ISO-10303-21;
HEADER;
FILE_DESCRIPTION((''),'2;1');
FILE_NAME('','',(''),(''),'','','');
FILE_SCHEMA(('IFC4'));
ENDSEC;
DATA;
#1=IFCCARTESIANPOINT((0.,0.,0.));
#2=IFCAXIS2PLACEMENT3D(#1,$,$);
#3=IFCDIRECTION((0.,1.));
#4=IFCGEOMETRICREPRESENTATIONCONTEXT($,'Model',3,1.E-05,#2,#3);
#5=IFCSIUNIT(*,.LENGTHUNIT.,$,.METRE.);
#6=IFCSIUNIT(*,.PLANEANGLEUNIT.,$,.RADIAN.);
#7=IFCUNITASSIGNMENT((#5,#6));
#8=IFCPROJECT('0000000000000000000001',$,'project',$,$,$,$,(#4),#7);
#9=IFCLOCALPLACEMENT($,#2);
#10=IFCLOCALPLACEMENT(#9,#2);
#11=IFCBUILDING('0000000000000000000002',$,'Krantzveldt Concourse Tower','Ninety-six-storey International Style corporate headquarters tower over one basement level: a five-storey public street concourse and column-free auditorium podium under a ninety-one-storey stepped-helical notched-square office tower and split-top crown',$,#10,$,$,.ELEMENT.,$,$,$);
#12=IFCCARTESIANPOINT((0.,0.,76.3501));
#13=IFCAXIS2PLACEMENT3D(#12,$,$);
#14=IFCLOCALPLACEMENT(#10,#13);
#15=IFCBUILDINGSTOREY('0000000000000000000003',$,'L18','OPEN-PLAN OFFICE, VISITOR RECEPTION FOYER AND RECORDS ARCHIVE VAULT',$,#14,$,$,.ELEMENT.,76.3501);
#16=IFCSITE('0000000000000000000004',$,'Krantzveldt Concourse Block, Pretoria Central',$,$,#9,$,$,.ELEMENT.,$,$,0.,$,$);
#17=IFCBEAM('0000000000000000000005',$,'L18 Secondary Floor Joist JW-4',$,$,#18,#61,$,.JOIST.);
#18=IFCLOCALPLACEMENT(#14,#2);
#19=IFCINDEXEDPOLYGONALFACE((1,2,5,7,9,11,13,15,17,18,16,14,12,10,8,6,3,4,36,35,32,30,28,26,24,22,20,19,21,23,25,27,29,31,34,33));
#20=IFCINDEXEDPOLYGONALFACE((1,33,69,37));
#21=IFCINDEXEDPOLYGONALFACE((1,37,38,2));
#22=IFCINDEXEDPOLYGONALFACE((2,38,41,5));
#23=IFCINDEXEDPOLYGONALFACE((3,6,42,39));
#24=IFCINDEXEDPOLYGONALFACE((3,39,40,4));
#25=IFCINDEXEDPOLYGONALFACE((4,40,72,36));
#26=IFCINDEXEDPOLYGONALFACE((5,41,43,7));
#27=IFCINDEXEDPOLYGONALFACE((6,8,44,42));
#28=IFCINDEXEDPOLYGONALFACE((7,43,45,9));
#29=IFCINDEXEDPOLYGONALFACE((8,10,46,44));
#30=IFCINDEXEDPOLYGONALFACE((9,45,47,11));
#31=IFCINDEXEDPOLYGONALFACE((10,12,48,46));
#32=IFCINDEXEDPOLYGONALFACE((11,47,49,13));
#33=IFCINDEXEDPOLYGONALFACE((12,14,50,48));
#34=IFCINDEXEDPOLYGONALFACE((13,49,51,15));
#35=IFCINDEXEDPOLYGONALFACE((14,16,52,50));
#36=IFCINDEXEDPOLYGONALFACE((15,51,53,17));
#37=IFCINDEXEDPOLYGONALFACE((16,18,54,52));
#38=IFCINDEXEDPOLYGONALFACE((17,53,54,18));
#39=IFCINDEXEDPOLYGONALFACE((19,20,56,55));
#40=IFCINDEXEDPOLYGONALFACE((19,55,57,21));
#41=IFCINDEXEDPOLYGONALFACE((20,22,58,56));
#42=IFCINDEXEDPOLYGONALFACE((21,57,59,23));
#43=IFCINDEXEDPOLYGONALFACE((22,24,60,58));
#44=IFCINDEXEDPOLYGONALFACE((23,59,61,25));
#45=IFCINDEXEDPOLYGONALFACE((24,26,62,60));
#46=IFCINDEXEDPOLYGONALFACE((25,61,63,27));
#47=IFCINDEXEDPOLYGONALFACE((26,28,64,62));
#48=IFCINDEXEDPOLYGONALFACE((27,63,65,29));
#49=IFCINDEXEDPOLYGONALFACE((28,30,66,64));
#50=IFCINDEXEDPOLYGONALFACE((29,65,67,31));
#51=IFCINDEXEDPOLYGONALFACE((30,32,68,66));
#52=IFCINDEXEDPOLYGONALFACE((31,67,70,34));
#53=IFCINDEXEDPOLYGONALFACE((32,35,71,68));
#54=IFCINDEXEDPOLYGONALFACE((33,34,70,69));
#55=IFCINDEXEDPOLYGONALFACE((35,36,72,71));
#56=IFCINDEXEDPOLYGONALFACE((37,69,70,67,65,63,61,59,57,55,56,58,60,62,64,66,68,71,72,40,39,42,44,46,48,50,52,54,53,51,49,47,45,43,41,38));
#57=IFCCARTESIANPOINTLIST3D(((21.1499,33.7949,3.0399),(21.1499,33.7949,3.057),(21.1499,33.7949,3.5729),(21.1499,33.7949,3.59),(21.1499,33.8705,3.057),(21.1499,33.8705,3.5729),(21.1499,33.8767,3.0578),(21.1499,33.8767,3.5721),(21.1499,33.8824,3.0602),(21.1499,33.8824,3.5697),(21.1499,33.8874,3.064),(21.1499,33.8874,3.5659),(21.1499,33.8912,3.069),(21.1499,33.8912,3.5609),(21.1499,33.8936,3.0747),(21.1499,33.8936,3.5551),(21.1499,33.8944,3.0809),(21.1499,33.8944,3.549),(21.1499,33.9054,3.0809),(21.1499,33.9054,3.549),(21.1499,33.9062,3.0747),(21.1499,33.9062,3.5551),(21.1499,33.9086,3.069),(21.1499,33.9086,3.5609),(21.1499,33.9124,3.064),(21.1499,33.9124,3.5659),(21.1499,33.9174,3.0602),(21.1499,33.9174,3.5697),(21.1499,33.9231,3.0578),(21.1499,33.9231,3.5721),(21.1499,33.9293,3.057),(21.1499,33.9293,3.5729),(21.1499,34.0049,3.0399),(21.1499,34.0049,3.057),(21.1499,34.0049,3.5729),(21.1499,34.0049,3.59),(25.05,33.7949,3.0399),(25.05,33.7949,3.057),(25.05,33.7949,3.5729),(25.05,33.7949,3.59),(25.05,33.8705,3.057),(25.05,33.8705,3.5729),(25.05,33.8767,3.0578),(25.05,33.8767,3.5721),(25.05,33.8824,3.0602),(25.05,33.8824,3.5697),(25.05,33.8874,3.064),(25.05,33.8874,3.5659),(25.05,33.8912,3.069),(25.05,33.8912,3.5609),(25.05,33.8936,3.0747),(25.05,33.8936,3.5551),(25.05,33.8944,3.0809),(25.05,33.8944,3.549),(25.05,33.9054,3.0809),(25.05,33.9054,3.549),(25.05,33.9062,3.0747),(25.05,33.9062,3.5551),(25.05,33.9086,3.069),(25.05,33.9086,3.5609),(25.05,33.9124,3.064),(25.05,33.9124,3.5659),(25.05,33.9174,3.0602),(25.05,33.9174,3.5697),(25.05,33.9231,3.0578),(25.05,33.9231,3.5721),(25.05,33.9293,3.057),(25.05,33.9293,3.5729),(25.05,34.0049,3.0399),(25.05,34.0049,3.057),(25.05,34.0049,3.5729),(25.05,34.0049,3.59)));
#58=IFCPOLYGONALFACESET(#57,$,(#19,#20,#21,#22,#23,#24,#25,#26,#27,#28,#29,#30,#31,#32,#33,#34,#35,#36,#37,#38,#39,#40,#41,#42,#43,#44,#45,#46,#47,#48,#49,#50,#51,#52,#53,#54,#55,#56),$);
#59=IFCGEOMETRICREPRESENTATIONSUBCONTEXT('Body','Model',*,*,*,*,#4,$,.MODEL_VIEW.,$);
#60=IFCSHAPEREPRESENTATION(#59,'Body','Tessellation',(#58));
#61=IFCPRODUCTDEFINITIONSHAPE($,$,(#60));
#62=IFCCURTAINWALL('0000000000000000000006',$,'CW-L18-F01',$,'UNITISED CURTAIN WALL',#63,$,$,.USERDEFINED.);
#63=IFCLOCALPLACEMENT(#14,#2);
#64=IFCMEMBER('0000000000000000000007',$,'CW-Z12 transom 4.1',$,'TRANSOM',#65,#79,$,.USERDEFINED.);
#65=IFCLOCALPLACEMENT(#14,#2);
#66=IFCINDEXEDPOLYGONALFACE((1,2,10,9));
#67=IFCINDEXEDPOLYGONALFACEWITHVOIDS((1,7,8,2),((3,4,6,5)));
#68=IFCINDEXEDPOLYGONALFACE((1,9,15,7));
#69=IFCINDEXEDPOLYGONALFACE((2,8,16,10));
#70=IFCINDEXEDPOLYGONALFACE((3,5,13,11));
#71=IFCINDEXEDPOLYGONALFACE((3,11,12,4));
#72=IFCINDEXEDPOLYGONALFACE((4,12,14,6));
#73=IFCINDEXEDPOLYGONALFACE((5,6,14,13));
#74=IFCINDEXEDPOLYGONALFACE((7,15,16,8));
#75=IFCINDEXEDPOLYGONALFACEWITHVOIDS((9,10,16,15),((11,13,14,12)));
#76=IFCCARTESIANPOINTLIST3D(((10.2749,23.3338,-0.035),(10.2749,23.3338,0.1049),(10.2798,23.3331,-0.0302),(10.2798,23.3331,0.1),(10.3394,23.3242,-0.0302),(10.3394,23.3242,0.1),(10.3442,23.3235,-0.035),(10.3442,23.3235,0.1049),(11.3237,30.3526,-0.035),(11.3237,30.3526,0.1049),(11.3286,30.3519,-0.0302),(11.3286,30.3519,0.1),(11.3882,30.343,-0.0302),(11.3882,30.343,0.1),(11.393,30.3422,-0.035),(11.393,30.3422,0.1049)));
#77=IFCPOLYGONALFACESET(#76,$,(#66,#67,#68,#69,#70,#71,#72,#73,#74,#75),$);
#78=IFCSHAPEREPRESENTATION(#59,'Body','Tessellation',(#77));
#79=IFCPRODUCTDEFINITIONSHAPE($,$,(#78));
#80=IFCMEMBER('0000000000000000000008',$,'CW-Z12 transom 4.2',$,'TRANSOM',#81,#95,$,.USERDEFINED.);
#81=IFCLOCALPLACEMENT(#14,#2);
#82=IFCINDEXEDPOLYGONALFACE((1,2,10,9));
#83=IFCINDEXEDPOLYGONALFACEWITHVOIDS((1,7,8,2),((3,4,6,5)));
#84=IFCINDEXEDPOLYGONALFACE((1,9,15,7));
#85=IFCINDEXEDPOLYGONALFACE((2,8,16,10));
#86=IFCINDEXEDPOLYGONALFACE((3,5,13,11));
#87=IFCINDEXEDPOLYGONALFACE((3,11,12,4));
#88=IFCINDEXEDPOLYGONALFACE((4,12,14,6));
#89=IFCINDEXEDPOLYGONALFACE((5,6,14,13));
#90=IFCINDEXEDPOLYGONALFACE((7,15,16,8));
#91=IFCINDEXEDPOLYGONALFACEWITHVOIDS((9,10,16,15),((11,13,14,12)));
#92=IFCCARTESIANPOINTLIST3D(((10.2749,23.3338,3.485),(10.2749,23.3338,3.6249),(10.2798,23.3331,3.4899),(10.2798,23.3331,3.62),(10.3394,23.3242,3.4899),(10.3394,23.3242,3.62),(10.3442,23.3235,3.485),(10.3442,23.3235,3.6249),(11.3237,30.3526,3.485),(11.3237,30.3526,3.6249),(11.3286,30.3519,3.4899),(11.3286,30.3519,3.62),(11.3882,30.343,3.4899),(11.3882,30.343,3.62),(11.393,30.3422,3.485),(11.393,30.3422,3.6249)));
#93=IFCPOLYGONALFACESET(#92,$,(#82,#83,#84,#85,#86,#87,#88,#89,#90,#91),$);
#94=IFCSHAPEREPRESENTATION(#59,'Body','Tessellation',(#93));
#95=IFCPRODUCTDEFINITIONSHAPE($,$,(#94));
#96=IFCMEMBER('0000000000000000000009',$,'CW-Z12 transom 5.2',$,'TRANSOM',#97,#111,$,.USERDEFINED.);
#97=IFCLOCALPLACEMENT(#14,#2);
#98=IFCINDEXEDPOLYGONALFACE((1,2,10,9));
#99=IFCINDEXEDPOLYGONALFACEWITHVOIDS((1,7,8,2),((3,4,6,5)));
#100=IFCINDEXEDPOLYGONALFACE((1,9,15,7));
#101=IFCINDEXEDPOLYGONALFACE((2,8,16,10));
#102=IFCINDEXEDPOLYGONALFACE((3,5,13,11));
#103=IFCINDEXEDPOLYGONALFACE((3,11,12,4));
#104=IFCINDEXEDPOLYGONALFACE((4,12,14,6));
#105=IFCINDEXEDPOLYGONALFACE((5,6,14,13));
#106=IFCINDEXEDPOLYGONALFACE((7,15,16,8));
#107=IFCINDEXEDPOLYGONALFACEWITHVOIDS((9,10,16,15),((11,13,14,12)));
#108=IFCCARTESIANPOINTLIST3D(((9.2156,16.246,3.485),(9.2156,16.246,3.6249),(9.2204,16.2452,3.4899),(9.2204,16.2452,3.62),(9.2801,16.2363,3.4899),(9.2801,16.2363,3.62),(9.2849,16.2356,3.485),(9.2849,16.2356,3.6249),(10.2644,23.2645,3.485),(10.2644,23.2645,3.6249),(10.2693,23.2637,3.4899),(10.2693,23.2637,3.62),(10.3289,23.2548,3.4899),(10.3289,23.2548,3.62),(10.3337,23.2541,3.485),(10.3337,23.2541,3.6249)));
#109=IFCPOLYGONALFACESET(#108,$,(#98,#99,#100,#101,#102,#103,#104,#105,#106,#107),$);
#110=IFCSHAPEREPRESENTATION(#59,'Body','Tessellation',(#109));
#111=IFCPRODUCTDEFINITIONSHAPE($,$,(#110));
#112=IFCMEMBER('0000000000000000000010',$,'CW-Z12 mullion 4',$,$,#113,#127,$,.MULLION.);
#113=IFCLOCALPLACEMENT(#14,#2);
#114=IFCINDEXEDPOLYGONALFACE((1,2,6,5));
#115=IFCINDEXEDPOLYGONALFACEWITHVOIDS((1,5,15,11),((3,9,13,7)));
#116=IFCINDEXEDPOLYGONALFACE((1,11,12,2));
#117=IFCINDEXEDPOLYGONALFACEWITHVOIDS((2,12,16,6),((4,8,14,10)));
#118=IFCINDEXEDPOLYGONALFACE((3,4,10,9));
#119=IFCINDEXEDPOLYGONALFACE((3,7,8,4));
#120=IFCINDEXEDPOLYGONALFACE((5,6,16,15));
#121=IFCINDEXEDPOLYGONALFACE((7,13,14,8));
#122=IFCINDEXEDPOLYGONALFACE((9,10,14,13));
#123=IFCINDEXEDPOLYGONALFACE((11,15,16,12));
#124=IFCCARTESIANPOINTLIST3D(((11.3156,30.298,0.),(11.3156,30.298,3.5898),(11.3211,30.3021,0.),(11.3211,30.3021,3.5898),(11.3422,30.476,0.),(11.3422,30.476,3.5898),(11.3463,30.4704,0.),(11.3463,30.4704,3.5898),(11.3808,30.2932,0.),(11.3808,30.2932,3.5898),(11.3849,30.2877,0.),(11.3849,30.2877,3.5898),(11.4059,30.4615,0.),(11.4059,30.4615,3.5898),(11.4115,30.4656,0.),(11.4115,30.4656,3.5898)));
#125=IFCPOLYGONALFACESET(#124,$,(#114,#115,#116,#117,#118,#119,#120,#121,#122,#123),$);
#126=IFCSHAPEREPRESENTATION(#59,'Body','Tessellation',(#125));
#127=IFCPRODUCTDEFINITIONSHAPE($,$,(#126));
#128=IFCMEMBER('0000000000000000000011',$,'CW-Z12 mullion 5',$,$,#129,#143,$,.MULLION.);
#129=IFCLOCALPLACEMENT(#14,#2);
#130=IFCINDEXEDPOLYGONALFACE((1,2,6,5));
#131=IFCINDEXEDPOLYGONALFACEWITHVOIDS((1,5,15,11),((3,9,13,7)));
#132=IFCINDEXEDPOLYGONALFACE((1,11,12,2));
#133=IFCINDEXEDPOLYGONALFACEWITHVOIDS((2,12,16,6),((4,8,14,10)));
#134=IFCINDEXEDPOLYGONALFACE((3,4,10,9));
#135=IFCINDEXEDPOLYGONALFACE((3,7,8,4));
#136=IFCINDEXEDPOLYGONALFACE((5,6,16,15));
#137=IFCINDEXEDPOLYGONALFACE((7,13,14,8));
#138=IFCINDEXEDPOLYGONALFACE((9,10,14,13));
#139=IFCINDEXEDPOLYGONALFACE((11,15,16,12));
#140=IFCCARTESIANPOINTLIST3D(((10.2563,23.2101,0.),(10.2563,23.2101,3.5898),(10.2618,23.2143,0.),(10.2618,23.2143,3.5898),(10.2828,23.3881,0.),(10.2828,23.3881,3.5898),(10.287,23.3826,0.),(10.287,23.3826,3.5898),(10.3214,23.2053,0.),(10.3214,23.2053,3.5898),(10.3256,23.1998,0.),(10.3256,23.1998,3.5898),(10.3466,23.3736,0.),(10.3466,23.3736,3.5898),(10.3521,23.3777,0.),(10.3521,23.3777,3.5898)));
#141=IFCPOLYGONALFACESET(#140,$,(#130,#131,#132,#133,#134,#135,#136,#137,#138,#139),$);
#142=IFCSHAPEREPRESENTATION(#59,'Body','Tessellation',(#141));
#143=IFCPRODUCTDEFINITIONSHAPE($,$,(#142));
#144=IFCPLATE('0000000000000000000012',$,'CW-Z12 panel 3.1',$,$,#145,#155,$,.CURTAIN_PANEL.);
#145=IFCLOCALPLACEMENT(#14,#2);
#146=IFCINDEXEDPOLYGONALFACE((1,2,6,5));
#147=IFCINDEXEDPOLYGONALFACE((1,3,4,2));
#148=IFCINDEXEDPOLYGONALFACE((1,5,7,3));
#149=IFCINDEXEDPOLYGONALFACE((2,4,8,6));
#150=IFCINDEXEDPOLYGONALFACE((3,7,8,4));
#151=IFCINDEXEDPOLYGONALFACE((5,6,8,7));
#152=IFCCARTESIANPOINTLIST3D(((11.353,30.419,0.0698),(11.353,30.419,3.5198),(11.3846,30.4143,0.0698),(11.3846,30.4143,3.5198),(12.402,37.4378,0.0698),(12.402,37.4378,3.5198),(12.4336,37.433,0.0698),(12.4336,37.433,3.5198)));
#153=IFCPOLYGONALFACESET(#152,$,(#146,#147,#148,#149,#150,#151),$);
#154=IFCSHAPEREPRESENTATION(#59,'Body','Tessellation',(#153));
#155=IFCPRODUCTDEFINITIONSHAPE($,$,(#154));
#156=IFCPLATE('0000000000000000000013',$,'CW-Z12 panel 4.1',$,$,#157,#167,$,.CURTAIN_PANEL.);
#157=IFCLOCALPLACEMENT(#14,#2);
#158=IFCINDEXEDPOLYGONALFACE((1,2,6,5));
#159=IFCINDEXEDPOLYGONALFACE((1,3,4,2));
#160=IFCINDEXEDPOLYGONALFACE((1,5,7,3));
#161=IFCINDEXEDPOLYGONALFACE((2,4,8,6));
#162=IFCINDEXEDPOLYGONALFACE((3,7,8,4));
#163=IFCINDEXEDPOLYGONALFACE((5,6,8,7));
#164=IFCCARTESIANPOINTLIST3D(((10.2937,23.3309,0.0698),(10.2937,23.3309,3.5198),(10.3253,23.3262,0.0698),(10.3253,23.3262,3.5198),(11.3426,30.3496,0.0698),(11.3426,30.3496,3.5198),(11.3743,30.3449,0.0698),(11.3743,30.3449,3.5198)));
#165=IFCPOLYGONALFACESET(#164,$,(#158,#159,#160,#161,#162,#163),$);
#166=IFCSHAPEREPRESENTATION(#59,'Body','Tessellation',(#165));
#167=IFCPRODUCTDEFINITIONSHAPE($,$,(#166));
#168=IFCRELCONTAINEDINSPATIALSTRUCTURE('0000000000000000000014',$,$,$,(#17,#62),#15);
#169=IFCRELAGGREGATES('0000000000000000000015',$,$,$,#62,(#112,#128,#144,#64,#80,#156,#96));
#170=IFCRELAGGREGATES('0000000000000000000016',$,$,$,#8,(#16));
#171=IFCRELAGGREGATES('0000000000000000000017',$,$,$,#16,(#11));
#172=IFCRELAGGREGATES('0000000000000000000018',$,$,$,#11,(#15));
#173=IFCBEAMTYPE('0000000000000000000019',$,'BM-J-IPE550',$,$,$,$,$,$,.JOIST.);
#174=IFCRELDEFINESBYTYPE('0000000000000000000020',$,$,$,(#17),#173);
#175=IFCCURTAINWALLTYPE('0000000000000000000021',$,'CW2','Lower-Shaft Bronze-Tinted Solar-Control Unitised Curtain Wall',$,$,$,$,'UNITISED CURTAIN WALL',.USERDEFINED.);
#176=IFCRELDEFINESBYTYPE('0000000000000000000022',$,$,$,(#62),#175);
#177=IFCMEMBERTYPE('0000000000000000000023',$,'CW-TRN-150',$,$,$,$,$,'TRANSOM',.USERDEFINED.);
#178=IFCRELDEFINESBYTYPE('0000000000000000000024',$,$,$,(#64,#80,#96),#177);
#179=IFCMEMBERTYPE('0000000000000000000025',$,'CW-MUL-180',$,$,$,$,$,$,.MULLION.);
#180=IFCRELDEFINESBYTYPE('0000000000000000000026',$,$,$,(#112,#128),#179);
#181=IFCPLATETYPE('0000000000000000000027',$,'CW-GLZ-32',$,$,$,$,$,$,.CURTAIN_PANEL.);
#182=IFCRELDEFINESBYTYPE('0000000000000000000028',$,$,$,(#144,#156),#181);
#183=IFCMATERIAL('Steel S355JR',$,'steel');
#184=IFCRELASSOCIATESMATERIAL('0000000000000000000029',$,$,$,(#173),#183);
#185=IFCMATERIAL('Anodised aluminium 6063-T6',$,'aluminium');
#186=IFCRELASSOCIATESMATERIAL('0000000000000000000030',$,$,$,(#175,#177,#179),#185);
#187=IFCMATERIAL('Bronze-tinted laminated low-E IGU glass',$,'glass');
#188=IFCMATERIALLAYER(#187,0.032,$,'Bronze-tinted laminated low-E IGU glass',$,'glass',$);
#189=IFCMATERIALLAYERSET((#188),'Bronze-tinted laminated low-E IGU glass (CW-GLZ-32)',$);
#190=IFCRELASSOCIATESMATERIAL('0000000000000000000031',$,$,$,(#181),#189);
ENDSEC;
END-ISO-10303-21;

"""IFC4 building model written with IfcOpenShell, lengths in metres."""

from ifc_helpers import new_model, si_unit, direction, frame, origin, origin_2d, place, context, subcontext, project, spatial, rectangle, hollow_rectangle, i_section, extrude, source, transform, mapped, material, layer, layer_set, material_profile, profile_set, type_object, type_shapes, element, aggregate, save


model = new_model("IFC4")

# Units and contexts
model_context = context("Model", 3, precision=1e-05, world=origin(), true_north=direction((0.0, 1.0)))
body_context = subcontext(model_context, "Body", "Model", "MODEL_VIEW")
ifc_project = project(units=[si_unit("LENGTHUNIT", "METRE"), si_unit("PLANEANGLEUNIT", "RADIAN")], contexts=[model_context])

# Site, building, storey
site_placement = place(None, origin())
site = spatial("IfcSite", under=ifc_project, at=site_placement, Name="Krantzveldt Concourse Block, Pretoria Central", CompositionType="ELEMENT", RefElevation=0.0)
building_placement = place(site_placement, origin())
building = spatial("IfcBuilding", under=site, at=building_placement, Name="Krantzveldt Concourse Tower", Description="Ninety-six-storey International Style corporate headquarters tower over one basement level: a five-storey public street concourse and column-free auditorium podium under a ninety-one-storey stepped-helical notched-square office tower and split-top crown", CompositionType="ELEMENT")
storey_placement = place(building_placement, frame((0.0, 0.0, 76.3501)))
storey = spatial("IfcBuildingStorey", under=building, at=storey_placement, Name="L18", Description="OPEN-PLAN OFFICE, VISITOR RECEPTION FOYER AND RECORDS ARCHIVE VAULT", CompositionType="ELEMENT", Elevation=76.3501)

# Beam
ifc_material_1 = material(Name="Steel S355JR", Category="steel")
ifc_material_profile_1 = material_profile(ifc_material_1, i_section(OverallWidth=0.21, OverallDepth=0.55, WebThickness=0.011, FlangeThickness=0.0171, FilletRadius=0.0239, at=origin_2d()), Name="Steel S355JR", Category="steel")
ifc_profile_set_1 = profile_set([ifc_material_profile_1], Name="Steel S355JR - IPE 550")
beam_type_1 = type_object("IfcBeamType", Name="BM-J-IPE550", PredefinedType="JOIST", material=ifc_profile_set_1)
shared_shape_1 = source(origin(), body_context, "Body", "SweptSolid", [
    extrude(i_section(OverallWidth=0.21, OverallDepth=0.55, WebThickness=0.011, FlangeThickness=0.0171, FilletRadius=0.0239, at=origin_2d()), origin(), (0.0, 0.0, 1.0), 3.9001),
])
type_shapes(beam_type_1, [shared_shape_1])
for number, where, z_axis, x_axis, name in (
    (1, (21.1499, 33.8999, 3.3149), (1.0, 0.0, 0.0), (0.0, 1.0, 0.0), "L18 Secondary Floor Joist JW-4"),
):
    element("IfcBeam", number, at=place(storey_placement, frame(where, z_axis=z_axis, x_axis=x_axis)), inside=storey, type_object=beam_type_1, Name=name, PredefinedType="JOIST", context=body_context, shape_type="MappedRepresentation", body=[
        mapped(shared_shape_1, transform((0.0, 0.0, 0.0), x_axis=(1.0, 0.0, 0.0), y_axis=(0.0, 1.0, 0.0), z_axis=(0.0, 0.0, 1.0), scale=1.0)),
    ])

# Curtain wall, members, plates
ifc_material_2 = material(Name="Anodised aluminium 6063-T6", Category="aluminium")
curtain_wall_type = type_object("IfcCurtainWallType", Name="CW2", Description="Lower-Shaft Bronze-Tinted Solar-Control Unitised Curtain Wall", ElementType="UNITISED CURTAIN WALL", PredefinedType="USERDEFINED", material=ifc_material_2)
curtain_wall_placement = place(storey_placement, origin())
curtain_wall = element("IfcCurtainWall", 2, at=curtain_wall_placement, inside=storey, type_object=curtain_wall_type, Name="CW-L18-F01", ObjectType="UNITISED CURTAIN WALL", PredefinedType="USERDEFINED")
ifc_material_profile_2 = material_profile(ifc_material_2, hollow_rectangle(XDim=0.0701, YDim=0.1399, WallThickness=0.0049, at=origin_2d()), Name="Anodised aluminium 6063-T6", Category="aluminium")
ifc_profile_set_2 = profile_set([ifc_material_profile_2], Name="Anodised aluminium 6063-T6 - ALU-TRAN 140x70x5")
member_type_1 = type_object("IfcMemberType", Name="CW-TRN-150", ElementType="TRANSOM", PredefinedType="USERDEFINED", material=ifc_profile_set_2)
shared_shape_2 = source(origin(), body_context, "Body", "SweptSolid", [
    extrude(hollow_rectangle(XDim=0.0701, YDim=0.1399, WallThickness=0.0049, at=origin_2d()), origin(), (0.0, 0.0, 1.0), 7.0967),
])
member_1_placement = place(storey_placement, frame((11.3584, 30.3474, 0.0349), z_axis=(-0.14779, -0.989019, 0.0), x_axis=(0.989019, -0.14779, 0.0)))
member_1 = element("IfcMember", 3, at=member_1_placement, type_object=member_type_1, Name="CW-Z12 transom 4.1", ObjectType="TRANSOM", PredefinedType="USERDEFINED", context=body_context, shape_type="MappedRepresentation", body=[
    mapped(shared_shape_2, transform((0.0, 0.0, 0.0), x_axis=(1.0, 0.0, 0.0), y_axis=(0.0, 1.0, 0.0), z_axis=(0.0, 0.0, 1.0), scale=1.0)),
])
member_2_placement = place(storey_placement, frame((11.3584, 30.3474, 3.5549), z_axis=(-0.14779, -0.989019, 0.0), x_axis=(0.989019, -0.14779, 0.0)))
member_2 = element("IfcMember", 4, at=member_2_placement, type_object=member_type_1, Name="CW-Z12 transom 4.2", ObjectType="TRANSOM", PredefinedType="USERDEFINED", context=body_context, shape_type="MappedRepresentation", body=[
    mapped(shared_shape_2, transform((0.0, 0.0, 0.0), x_axis=(1.0, 0.0, 0.0), y_axis=(0.0, 1.0, 0.0), z_axis=(0.0, 0.0, 1.0), scale=1.0)),
])
shared_shape_3 = source(origin(), body_context, "Body", "SweptSolid", [
    extrude(hollow_rectangle(XDim=0.0701, YDim=0.1399, WallThickness=0.0049, at=origin_2d()), origin(), (0.0, 0.0, 1.0), 7.0964),
])
type_shapes(member_type_1, [shared_shape_2, shared_shape_3])
member_3_placement = place(storey_placement, frame((10.2991, 23.2593, 3.5549), z_axis=(-0.147795, -0.989018, 0.0), x_axis=(0.989018, -0.147795, 0.0)))
member_3 = element("IfcMember", 5, at=member_3_placement, type_object=member_type_1, Name="CW-Z12 transom 5.2", ObjectType="TRANSOM", PredefinedType="USERDEFINED", context=body_context, shape_type="MappedRepresentation", body=[
    mapped(shared_shape_3, transform((0.0, 0.0, 0.0), x_axis=(1.0, 0.0, 0.0), y_axis=(0.0, 1.0, 0.0), z_axis=(0.0, 0.0, 1.0), scale=1.0)),
])
ifc_material_profile_3 = material_profile(ifc_material_2, hollow_rectangle(XDim=0.0701, YDim=0.1799, WallThickness=0.0049, at=origin_2d()), Name="Anodised aluminium 6063-T6", Category="aluminium")
ifc_profile_set_3 = profile_set([ifc_material_profile_3], Name="Anodised aluminium 6063-T6 - ALU-MULL 180x70x5")
member_type_2 = type_object("IfcMemberType", Name="CW-MUL-180", PredefinedType="MULLION", material=ifc_profile_set_3)
shared_shape_4 = source(origin(), body_context, "Body", "SweptSolid", [
    extrude(hollow_rectangle(XDim=0.0701, YDim=0.1799, WallThickness=0.0049, at=origin_2d()), origin(), (0.0, 0.0, 1.0), 3.5898),
])
type_shapes(member_type_2, [shared_shape_4])
member_4_placement = place(storey_placement, frame((11.3635, 30.3818, 0.0), z_axis=(0.0, 0.0, 1.0), x_axis=(0.989016, -0.14781, 0.0)))
member_4 = element("IfcMember", 6, at=member_4_placement, type_object=member_type_2, Name="CW-Z12 mullion 4", PredefinedType="MULLION", context=body_context, shape_type="MappedRepresentation", body=[
    mapped(shared_shape_4, transform((0.0, 0.0, 0.0), x_axis=(1.0, 0.0, 0.0), y_axis=(0.0, 1.0, 0.0), z_axis=(0.0, 0.0, 1.0), scale=1.0)),
])
member_5_placement = place(storey_placement, frame((10.3042, 23.2939, 0.0), z_axis=(0.0, 0.0, 1.0), x_axis=(0.989016, -0.14781, 0.0)))
member_5 = element("IfcMember", 7, at=member_5_placement, type_object=member_type_2, Name="CW-Z12 mullion 5", PredefinedType="MULLION", context=body_context, shape_type="MappedRepresentation", body=[
    mapped(shared_shape_4, transform((0.0, 0.0, 0.0), x_axis=(1.0, 0.0, 0.0), y_axis=(0.0, 1.0, 0.0), z_axis=(0.0, 0.0, 1.0), scale=1.0)),
])
ifc_material_3 = material(Name="Bronze-tinted laminated low-E IGU glass", Category="glass")
ifc_layer_1 = layer(ifc_material_3, 0.032, Name="Bronze-tinted laminated low-E IGU glass", Category="glass")
ifc_layer_set_1 = layer_set([ifc_layer_1], Name="Bronze-tinted laminated low-E IGU glass (CW-GLZ-32)")
plate_type = type_object("IfcPlateType", Name="CW-GLZ-32", PredefinedType="CURTAIN_PANEL", material=ifc_layer_set_1)
shared_shape_5 = source(origin(), body_context, "Body", "SweptSolid", [
    extrude(rectangle(XDim=7.0967, YDim=0.032, at=origin_2d()), origin(), (0.0, 0.0, 1.0), 3.45),
])
type_shapes(plate_type, [shared_shape_5])
plate_1_placement = place(storey_placement, frame((11.8933, 33.926, 0.0698), z_axis=(0.0, 0.0, 1.0), x_axis=(-0.14781, -0.989016, 0.0)))
plate_1 = element("IfcPlate", 8, at=plate_1_placement, type_object=plate_type, Name="CW-Z12 panel 3.1", PredefinedType="CURTAIN_PANEL", context=body_context, shape_type="MappedRepresentation", body=[
    mapped(shared_shape_5, transform((0.0, 0.0, 0.0), x_axis=(1.0, 0.0, 0.0), y_axis=(0.0, 1.0, 0.0), z_axis=(0.0, 0.0, 1.0), scale=1.0)),
])
plate_2_placement = place(storey_placement, frame((10.834, 26.8379, 0.0698), z_axis=(0.0, 0.0, 1.0), x_axis=(-0.14781, -0.989016, 0.0)))
plate_2 = element("IfcPlate", 9, at=plate_2_placement, type_object=plate_type, Name="CW-Z12 panel 4.1", PredefinedType="CURTAIN_PANEL", context=body_context, shape_type="MappedRepresentation", body=[
    mapped(shared_shape_5, transform((0.0, 0.0, 0.0), x_axis=(1.0, 0.0, 0.0), y_axis=(0.0, 1.0, 0.0), z_axis=(0.0, 0.0, 1.0), scale=1.0)),
])
aggregate(curtain_wall, [member_4, member_5, plate_1, member_1, member_2, plate_2, member_3])

save(model, "model.ifc")
